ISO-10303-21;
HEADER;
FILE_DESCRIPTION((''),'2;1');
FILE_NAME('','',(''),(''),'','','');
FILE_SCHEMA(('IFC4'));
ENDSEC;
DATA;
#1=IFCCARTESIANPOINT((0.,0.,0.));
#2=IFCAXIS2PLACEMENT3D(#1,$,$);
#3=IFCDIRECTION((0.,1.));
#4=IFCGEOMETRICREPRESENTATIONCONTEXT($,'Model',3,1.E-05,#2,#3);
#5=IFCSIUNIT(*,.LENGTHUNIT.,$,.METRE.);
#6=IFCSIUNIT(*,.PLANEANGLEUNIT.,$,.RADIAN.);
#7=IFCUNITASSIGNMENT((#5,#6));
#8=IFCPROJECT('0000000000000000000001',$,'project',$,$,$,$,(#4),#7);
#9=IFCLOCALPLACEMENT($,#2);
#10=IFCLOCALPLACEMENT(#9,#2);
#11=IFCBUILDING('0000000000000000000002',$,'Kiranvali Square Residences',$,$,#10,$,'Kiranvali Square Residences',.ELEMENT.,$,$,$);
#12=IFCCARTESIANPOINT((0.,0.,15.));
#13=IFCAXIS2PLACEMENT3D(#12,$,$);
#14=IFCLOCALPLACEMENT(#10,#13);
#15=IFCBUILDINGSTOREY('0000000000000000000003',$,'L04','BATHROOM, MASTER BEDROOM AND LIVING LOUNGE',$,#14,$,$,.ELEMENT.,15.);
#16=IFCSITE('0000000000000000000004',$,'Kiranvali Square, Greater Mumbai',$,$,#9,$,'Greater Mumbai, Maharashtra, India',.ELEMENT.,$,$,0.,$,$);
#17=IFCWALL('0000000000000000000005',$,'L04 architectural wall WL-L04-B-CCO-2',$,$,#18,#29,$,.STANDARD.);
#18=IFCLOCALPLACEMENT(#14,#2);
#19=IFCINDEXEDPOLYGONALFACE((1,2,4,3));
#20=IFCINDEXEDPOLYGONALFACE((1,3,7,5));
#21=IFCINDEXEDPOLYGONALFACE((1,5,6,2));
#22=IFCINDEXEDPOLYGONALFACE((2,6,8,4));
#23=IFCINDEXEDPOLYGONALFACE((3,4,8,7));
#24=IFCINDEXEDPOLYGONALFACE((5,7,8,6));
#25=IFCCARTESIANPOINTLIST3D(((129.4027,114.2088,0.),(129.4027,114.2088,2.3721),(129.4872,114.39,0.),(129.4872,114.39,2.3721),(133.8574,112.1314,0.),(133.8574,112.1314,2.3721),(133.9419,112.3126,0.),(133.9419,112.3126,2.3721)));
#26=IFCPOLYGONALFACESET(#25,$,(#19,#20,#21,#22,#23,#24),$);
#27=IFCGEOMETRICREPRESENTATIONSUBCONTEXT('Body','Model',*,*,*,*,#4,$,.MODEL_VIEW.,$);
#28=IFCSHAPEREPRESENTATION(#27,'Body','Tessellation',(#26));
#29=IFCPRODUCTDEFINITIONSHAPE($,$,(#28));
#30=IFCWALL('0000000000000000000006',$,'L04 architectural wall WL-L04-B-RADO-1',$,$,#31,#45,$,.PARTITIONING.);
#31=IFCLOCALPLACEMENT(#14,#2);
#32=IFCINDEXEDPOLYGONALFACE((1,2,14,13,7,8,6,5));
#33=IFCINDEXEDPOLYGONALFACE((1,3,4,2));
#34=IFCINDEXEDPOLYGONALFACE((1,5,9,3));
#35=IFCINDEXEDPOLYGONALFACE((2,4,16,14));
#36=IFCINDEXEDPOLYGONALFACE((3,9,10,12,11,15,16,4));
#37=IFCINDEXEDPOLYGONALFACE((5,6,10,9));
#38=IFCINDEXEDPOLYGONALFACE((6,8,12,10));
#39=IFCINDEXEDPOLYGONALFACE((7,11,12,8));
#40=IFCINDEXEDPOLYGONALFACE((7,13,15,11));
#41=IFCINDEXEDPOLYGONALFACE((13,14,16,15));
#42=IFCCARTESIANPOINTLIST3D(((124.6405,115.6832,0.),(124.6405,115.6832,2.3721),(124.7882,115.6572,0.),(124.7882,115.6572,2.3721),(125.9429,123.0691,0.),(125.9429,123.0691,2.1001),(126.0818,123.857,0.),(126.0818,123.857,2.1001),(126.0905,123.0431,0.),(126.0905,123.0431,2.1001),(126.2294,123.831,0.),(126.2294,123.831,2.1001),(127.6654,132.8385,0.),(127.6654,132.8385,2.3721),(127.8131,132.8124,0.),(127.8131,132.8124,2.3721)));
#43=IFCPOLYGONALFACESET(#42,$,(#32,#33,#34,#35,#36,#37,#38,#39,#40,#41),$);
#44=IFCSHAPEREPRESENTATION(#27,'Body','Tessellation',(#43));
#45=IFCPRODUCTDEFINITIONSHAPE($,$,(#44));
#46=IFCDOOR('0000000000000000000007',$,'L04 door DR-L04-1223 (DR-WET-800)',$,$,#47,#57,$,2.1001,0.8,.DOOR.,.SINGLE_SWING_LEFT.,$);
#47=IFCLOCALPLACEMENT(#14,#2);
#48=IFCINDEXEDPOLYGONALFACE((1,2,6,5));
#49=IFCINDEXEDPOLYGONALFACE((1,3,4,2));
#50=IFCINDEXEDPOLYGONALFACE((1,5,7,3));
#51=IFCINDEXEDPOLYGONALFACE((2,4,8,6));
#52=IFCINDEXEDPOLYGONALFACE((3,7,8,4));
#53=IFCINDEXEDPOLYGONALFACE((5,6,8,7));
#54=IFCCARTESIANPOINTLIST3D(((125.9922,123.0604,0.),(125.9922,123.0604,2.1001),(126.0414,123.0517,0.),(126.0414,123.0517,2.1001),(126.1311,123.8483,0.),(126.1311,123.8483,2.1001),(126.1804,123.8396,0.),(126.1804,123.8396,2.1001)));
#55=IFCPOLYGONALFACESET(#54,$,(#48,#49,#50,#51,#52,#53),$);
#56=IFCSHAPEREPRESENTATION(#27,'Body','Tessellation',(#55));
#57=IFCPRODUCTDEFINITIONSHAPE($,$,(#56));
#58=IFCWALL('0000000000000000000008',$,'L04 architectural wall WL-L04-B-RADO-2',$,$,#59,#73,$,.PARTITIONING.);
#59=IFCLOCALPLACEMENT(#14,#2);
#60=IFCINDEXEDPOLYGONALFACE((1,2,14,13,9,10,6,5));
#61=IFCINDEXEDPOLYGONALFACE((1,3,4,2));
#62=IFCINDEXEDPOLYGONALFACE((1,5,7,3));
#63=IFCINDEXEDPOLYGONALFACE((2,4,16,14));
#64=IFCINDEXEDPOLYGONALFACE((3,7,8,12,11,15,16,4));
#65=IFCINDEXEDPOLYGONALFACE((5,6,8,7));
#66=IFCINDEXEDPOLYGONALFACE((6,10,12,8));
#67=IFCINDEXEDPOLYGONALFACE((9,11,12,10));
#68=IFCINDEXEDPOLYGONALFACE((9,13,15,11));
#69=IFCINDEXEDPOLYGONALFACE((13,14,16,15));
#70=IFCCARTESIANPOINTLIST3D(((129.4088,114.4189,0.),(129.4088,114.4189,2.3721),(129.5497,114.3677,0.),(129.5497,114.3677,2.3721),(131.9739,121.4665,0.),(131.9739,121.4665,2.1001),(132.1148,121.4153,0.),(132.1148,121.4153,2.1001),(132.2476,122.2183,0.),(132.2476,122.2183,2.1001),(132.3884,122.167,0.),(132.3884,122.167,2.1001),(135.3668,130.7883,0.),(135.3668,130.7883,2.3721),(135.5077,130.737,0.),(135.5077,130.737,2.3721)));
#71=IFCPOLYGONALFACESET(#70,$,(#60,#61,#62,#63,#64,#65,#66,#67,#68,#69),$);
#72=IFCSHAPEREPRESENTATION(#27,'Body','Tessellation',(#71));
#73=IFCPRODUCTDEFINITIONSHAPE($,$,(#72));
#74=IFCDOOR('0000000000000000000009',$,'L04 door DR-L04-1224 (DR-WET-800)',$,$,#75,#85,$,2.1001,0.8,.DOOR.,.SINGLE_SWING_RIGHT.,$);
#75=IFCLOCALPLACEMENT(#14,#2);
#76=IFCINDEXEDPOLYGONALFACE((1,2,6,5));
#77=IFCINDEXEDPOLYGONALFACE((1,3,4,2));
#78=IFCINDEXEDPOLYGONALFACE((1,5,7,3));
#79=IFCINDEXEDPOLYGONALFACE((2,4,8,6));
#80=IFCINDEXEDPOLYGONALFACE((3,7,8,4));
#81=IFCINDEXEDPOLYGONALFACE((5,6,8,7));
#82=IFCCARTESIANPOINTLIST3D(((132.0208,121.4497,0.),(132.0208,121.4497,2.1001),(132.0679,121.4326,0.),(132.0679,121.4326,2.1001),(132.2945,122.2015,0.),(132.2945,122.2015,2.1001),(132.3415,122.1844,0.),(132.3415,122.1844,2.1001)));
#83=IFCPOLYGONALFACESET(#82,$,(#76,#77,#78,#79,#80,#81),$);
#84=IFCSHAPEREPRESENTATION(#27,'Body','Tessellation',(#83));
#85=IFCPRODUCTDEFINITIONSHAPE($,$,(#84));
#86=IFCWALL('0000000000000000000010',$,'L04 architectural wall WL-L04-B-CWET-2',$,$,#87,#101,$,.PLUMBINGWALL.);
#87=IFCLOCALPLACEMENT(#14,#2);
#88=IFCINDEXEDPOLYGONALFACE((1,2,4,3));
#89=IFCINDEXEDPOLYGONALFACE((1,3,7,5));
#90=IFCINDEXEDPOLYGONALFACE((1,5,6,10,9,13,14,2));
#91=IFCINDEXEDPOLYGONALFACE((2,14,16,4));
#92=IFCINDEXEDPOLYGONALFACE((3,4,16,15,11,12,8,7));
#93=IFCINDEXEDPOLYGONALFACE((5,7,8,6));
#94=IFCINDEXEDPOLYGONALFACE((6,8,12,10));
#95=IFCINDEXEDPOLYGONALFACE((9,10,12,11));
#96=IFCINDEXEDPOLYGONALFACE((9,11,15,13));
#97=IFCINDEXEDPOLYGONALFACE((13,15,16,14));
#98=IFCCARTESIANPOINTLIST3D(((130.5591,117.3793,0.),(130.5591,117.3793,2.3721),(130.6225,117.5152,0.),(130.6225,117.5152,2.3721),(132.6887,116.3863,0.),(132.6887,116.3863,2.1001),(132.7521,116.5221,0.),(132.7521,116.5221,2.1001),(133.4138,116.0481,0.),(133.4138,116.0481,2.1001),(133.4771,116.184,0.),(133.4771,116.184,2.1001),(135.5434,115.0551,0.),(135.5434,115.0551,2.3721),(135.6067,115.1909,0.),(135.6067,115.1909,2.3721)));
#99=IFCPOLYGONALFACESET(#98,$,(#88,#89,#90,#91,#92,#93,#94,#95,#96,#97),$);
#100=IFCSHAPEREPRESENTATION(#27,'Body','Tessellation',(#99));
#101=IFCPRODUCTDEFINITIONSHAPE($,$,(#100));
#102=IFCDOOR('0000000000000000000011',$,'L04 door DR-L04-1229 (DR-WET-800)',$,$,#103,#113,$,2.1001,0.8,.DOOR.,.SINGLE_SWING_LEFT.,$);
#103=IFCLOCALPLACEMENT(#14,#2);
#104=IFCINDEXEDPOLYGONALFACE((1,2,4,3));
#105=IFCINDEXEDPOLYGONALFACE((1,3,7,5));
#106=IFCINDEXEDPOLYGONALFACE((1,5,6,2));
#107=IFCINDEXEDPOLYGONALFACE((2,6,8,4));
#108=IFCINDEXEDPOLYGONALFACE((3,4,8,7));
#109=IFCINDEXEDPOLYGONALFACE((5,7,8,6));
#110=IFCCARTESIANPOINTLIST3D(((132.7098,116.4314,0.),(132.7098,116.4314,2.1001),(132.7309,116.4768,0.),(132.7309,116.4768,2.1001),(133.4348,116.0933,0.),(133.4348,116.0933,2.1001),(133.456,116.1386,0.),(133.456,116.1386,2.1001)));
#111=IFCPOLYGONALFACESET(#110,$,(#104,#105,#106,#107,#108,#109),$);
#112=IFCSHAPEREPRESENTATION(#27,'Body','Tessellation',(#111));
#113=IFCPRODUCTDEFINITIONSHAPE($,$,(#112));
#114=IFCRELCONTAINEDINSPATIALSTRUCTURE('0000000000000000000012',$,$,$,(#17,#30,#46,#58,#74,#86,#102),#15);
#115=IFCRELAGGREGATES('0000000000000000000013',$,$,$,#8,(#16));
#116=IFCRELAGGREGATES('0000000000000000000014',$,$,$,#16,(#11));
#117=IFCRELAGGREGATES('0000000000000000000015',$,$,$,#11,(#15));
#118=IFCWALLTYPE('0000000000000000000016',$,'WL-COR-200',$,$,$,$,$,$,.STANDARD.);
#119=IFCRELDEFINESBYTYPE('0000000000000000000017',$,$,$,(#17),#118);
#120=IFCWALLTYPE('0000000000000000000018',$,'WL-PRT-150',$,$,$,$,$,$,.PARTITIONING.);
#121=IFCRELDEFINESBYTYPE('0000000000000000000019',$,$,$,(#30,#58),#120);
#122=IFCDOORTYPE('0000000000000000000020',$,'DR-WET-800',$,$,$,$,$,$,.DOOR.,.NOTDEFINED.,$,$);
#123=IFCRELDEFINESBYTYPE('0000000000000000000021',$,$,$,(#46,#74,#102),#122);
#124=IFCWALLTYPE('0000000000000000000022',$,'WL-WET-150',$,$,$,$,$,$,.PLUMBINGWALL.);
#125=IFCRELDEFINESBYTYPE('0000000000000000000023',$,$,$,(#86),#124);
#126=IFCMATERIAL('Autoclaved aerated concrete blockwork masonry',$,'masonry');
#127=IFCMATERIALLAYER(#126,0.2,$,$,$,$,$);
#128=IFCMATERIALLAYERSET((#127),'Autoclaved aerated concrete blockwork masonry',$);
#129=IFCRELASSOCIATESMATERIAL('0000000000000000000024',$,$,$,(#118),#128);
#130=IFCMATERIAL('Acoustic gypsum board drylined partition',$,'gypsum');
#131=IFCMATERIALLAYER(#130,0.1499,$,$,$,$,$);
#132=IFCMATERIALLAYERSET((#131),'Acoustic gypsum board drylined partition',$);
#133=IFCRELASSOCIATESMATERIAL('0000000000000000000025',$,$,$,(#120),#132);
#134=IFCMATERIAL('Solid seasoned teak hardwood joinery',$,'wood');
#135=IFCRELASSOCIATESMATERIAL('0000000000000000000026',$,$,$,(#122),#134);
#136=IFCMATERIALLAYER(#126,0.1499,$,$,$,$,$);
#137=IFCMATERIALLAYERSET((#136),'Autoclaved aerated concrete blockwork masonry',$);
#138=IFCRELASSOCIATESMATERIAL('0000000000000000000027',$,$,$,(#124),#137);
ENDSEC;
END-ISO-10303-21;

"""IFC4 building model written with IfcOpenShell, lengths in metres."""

from ifc_helpers import new_model, si_unit, direction, frame, frame_2d, origin, place, context, subcontext, project, spatial, rectangle, extrude, material, layer, layer_set, type_object, element, fill, save


model = new_model("IFC4")

# Units and contexts
model_context = context("Model", 3, precision=1e-05, world=origin(), true_north=direction((0.0, 1.0)))
body_context = subcontext(model_context, "Body", "Model", "MODEL_VIEW")
ifc_project = project(units=[si_unit("LENGTHUNIT", "METRE"), si_unit("PLANEANGLEUNIT", "RADIAN")], contexts=[model_context])

# Site, building, storey
site_placement = place(None, origin())
site = spatial("IfcSite", under=ifc_project, at=site_placement, Name="Kiranvali Square, Greater Mumbai", LongName="Greater Mumbai, Maharashtra, India", CompositionType="ELEMENT", RefElevation=0.0)
building_placement = place(site_placement, origin())
building = spatial("IfcBuilding", under=site, at=building_placement, Name="Kiranvali Square Residences", LongName="Kiranvali Square Residences", CompositionType="ELEMENT")
storey_placement = place(building_placement, frame((0.0, 0.0, 15.0)))
storey = spatial("IfcBuildingStorey", under=building, at=storey_placement, Name="L04", Description="BATHROOM, MASTER BEDROOM AND LIVING LOUNGE", CompositionType="ELEMENT", Elevation=15.0)

# Wall
ifc_material_1 = material(Name="Autoclaved aerated concrete blockwork masonry", Category="masonry")
ifc_layer_1 = layer(ifc_material_1, 0.2)
ifc_layer_set_1 = layer_set([ifc_layer_1], Name="Autoclaved aerated concrete blockwork masonry")
wall_type_1 = type_object("IfcWallType", Name="WL-COR-200", PredefinedType="STANDARD", material=ifc_layer_set_1)
wall_1_placement = place(storey_placement, frame((129.4451, 114.2993, 0.0), z_axis=(0.0, 0.0, 1.0), x_axis=(0.906302, -0.42263, 0.0)))
element("IfcWall", 1, at=wall_1_placement, inside=storey, type_object=wall_type_1, Name="L04 architectural wall WL-L04-B-CCO-2", PredefinedType="STANDARD", context=body_context, shape_type="SweptSolid", body=[
    extrude(rectangle(XDim=4.9153, YDim=0.2, at=frame_2d((2.4575, 0.0))), origin(), (0.0, 0.0, 1.0), 2.3721),
])

# Walls, openings, doors
ifc_material_2 = material(Name="Acoustic gypsum board drylined partition", Category="gypsum")
ifc_layer_2 = layer(ifc_material_2, 0.1499)
ifc_layer_set_2 = layer_set([ifc_layer_2], Name="Acoustic gypsum board drylined partition")
wall_type_2 = type_object("IfcWallType", Name="WL-PRT-150", PredefinedType="PARTITIONING", material=ifc_layer_set_2)
wall_2_placement = place(storey_placement, frame((124.7144, 115.6702, 0.0), z_axis=(0.0, 0.0, 1.0), x_axis=(0.173646, 0.984808, 0.0)))
wall_2 = element("IfcWall", 2, at=wall_2_placement, inside=storey, type_object=wall_type_2, Name="L04 architectural wall WL-L04-B-RADO-1", PredefinedType="PARTITIONING", context=body_context, shape_type="SweptSolid", body=[
    extrude(rectangle(XDim=17.4199, YDim=0.1499, at=frame_2d((8.71, 0.0))), origin(), (0.0, 0.0, 1.0), 2.3721),
])
opening_1_placement = place(wall_2_placement, frame((7.5, 0.0, 0.0)))
opening_1 = element("IfcOpeningElement", 3, at=opening_1_placement, cuts=wall_2, PredefinedType="OPENING", context=body_context, shape_type="SweptSolid", body=[
    extrude(rectangle(XDim=0.8, YDim=2.1001, at=frame_2d((0.3999, 1.05))), frame((0.0, 0.085, 0.0), z_axis=(0.0, -1.0, 0.0), x_axis=(1.0, 0.0, 0.0)), (0.0, 0.0, 1.0), 0.1699),
])
ifc_material_3 = material(Name="Solid seasoned teak hardwood joinery", Category="wood")
door_type = type_object("IfcDoorType", Name="DR-WET-800", OperationType="NOTDEFINED", PredefinedType="DOOR", material=ifc_material_3)
door_1_placement = place(opening_1_placement, origin())
door_1 = element("IfcDoor", 4, at=door_1_placement, inside=storey, type_object=door_type, Name="L04 door DR-L04-1223 (DR-WET-800)", OperationType="SINGLE_SWING_LEFT", OverallHeight=2.1001, OverallWidth=0.8, PredefinedType="DOOR", context=body_context, shape_type="SweptSolid", body=[
    extrude(rectangle(XDim=0.8, YDim=2.1001, at=frame_2d((0.3999, 1.05))), frame((0.0, 0.0249, 0.0), z_axis=(0.0, -1.0, 0.0), x_axis=(1.0, 0.0, 0.0)), (0.0, 0.0, 1.0), 0.05),
])
fill(opening_1, door_1)
wall_3_placement = place(storey_placement, frame((129.4792, 114.3933, 0.0), z_axis=(0.0, 0.0, 1.0), x_axis=(0.342022, 0.939692, 0.0)))
wall_3 = element("IfcWall", 5, at=wall_3_placement, inside=storey, type_object=wall_type_2, Name="L04 architectural wall WL-L04-B-RADO-2", PredefinedType="PARTITIONING", context=body_context, shape_type="SweptSolid", body=[
    extrude(rectangle(XDim=17.4199, YDim=0.1499, at=frame_2d((8.71, 0.0))), origin(), (0.0, 0.0, 1.0), 2.3721),
])
opening_2_placement = place(wall_3_placement, frame((7.5, 0.0, 0.0)))
opening_2 = element("IfcOpeningElement", 6, at=opening_2_placement, cuts=wall_3, PredefinedType="OPENING", context=body_context, shape_type="SweptSolid", body=[
    extrude(rectangle(XDim=0.8, YDim=2.1001, at=frame_2d((0.3999, 1.05))), frame((0.0, 0.085, 0.0), z_axis=(0.0, -1.0, 0.0), x_axis=(1.0, 0.0, 0.0)), (0.0, 0.0, 1.0), 0.1699),
])
door_2_placement = place(opening_2_placement, frame((0.8, 0.0, 0.0), z_axis=(0.0, 0.0, 1.0), x_axis=(-1.0, 0.0, 0.0)))
door_2 = element("IfcDoor", 7, at=door_2_placement, inside=storey, type_object=door_type, Name="L04 door DR-L04-1224 (DR-WET-800)", OperationType="SINGLE_SWING_RIGHT", OverallHeight=2.1001, OverallWidth=0.8, PredefinedType="DOOR", context=body_context, shape_type="SweptSolid", body=[
    extrude(rectangle(XDim=0.8, YDim=2.1001, at=frame_2d((0.3999, 1.05))), frame((0.0, 0.0249, 0.0), z_axis=(0.0, -1.0, 0.0), x_axis=(1.0, 0.0, 0.0)), (0.0, 0.0, 1.0), 0.05),
])
fill(opening_2, door_2)
ifc_layer_3 = layer(ifc_material_1, 0.1499)
ifc_layer_set_3 = layer_set([ifc_layer_3], Name="Autoclaved aerated concrete blockwork masonry")
wall_type_3 = type_object("IfcWallType", Name="WL-WET-150", PredefinedType="PLUMBINGWALL", material=ifc_layer_set_3)
wall_4_placement = place(storey_placement, frame((130.5908, 117.4473, 0.0), z_axis=(0.0, 0.0, 1.0), x_axis=(0.906302, -0.42263, 0.0)))
wall_4 = element("IfcWall", 8, at=wall_4_placement, inside=storey, type_object=wall_type_3, Name="L04 architectural wall WL-L04-B-CWET-2", PredefinedType="PLUMBINGWALL", context=body_context, shape_type="SweptSolid", body=[
    extrude(rectangle(XDim=5.4995, YDim=0.1499, at=frame_2d((2.7498, 0.0))), origin(), (0.0, 0.0, 1.0), 2.3721),
])
opening_3_placement = place(wall_4_placement, frame((2.3499, 0.0, 0.0)))
opening_3 = element("IfcOpeningElement", 9, at=opening_3_placement, cuts=wall_4, PredefinedType="OPENING", context=body_context, shape_type="SweptSolid", body=[
    extrude(rectangle(XDim=0.8, YDim=2.1001, at=frame_2d((0.3999, 1.05))), frame((0.0, 0.085, 0.0), z_axis=(0.0, -1.0, 0.0), x_axis=(1.0, 0.0, 0.0)), (0.0, 0.0, 1.0), 0.1699),
])
door_3_placement = place(opening_3_placement, origin())
door_3 = element("IfcDoor", 10, at=door_3_placement, inside=storey, type_object=door_type, Name="L04 door DR-L04-1229 (DR-WET-800)", OperationType="SINGLE_SWING_LEFT", OverallHeight=2.1001, OverallWidth=0.8, PredefinedType="DOOR", context=body_context, shape_type="SweptSolid", body=[
    extrude(rectangle(XDim=0.8, YDim=2.1001, at=frame_2d((0.3999, 1.05))), frame((0.0, 0.0249, 0.0), z_axis=(0.0, -1.0, 0.0), x_axis=(1.0, 0.0, 0.0)), (0.0, 0.0, 1.0), 0.05),
])
fill(opening_3, door_3)

save(model, "model.ifc")
